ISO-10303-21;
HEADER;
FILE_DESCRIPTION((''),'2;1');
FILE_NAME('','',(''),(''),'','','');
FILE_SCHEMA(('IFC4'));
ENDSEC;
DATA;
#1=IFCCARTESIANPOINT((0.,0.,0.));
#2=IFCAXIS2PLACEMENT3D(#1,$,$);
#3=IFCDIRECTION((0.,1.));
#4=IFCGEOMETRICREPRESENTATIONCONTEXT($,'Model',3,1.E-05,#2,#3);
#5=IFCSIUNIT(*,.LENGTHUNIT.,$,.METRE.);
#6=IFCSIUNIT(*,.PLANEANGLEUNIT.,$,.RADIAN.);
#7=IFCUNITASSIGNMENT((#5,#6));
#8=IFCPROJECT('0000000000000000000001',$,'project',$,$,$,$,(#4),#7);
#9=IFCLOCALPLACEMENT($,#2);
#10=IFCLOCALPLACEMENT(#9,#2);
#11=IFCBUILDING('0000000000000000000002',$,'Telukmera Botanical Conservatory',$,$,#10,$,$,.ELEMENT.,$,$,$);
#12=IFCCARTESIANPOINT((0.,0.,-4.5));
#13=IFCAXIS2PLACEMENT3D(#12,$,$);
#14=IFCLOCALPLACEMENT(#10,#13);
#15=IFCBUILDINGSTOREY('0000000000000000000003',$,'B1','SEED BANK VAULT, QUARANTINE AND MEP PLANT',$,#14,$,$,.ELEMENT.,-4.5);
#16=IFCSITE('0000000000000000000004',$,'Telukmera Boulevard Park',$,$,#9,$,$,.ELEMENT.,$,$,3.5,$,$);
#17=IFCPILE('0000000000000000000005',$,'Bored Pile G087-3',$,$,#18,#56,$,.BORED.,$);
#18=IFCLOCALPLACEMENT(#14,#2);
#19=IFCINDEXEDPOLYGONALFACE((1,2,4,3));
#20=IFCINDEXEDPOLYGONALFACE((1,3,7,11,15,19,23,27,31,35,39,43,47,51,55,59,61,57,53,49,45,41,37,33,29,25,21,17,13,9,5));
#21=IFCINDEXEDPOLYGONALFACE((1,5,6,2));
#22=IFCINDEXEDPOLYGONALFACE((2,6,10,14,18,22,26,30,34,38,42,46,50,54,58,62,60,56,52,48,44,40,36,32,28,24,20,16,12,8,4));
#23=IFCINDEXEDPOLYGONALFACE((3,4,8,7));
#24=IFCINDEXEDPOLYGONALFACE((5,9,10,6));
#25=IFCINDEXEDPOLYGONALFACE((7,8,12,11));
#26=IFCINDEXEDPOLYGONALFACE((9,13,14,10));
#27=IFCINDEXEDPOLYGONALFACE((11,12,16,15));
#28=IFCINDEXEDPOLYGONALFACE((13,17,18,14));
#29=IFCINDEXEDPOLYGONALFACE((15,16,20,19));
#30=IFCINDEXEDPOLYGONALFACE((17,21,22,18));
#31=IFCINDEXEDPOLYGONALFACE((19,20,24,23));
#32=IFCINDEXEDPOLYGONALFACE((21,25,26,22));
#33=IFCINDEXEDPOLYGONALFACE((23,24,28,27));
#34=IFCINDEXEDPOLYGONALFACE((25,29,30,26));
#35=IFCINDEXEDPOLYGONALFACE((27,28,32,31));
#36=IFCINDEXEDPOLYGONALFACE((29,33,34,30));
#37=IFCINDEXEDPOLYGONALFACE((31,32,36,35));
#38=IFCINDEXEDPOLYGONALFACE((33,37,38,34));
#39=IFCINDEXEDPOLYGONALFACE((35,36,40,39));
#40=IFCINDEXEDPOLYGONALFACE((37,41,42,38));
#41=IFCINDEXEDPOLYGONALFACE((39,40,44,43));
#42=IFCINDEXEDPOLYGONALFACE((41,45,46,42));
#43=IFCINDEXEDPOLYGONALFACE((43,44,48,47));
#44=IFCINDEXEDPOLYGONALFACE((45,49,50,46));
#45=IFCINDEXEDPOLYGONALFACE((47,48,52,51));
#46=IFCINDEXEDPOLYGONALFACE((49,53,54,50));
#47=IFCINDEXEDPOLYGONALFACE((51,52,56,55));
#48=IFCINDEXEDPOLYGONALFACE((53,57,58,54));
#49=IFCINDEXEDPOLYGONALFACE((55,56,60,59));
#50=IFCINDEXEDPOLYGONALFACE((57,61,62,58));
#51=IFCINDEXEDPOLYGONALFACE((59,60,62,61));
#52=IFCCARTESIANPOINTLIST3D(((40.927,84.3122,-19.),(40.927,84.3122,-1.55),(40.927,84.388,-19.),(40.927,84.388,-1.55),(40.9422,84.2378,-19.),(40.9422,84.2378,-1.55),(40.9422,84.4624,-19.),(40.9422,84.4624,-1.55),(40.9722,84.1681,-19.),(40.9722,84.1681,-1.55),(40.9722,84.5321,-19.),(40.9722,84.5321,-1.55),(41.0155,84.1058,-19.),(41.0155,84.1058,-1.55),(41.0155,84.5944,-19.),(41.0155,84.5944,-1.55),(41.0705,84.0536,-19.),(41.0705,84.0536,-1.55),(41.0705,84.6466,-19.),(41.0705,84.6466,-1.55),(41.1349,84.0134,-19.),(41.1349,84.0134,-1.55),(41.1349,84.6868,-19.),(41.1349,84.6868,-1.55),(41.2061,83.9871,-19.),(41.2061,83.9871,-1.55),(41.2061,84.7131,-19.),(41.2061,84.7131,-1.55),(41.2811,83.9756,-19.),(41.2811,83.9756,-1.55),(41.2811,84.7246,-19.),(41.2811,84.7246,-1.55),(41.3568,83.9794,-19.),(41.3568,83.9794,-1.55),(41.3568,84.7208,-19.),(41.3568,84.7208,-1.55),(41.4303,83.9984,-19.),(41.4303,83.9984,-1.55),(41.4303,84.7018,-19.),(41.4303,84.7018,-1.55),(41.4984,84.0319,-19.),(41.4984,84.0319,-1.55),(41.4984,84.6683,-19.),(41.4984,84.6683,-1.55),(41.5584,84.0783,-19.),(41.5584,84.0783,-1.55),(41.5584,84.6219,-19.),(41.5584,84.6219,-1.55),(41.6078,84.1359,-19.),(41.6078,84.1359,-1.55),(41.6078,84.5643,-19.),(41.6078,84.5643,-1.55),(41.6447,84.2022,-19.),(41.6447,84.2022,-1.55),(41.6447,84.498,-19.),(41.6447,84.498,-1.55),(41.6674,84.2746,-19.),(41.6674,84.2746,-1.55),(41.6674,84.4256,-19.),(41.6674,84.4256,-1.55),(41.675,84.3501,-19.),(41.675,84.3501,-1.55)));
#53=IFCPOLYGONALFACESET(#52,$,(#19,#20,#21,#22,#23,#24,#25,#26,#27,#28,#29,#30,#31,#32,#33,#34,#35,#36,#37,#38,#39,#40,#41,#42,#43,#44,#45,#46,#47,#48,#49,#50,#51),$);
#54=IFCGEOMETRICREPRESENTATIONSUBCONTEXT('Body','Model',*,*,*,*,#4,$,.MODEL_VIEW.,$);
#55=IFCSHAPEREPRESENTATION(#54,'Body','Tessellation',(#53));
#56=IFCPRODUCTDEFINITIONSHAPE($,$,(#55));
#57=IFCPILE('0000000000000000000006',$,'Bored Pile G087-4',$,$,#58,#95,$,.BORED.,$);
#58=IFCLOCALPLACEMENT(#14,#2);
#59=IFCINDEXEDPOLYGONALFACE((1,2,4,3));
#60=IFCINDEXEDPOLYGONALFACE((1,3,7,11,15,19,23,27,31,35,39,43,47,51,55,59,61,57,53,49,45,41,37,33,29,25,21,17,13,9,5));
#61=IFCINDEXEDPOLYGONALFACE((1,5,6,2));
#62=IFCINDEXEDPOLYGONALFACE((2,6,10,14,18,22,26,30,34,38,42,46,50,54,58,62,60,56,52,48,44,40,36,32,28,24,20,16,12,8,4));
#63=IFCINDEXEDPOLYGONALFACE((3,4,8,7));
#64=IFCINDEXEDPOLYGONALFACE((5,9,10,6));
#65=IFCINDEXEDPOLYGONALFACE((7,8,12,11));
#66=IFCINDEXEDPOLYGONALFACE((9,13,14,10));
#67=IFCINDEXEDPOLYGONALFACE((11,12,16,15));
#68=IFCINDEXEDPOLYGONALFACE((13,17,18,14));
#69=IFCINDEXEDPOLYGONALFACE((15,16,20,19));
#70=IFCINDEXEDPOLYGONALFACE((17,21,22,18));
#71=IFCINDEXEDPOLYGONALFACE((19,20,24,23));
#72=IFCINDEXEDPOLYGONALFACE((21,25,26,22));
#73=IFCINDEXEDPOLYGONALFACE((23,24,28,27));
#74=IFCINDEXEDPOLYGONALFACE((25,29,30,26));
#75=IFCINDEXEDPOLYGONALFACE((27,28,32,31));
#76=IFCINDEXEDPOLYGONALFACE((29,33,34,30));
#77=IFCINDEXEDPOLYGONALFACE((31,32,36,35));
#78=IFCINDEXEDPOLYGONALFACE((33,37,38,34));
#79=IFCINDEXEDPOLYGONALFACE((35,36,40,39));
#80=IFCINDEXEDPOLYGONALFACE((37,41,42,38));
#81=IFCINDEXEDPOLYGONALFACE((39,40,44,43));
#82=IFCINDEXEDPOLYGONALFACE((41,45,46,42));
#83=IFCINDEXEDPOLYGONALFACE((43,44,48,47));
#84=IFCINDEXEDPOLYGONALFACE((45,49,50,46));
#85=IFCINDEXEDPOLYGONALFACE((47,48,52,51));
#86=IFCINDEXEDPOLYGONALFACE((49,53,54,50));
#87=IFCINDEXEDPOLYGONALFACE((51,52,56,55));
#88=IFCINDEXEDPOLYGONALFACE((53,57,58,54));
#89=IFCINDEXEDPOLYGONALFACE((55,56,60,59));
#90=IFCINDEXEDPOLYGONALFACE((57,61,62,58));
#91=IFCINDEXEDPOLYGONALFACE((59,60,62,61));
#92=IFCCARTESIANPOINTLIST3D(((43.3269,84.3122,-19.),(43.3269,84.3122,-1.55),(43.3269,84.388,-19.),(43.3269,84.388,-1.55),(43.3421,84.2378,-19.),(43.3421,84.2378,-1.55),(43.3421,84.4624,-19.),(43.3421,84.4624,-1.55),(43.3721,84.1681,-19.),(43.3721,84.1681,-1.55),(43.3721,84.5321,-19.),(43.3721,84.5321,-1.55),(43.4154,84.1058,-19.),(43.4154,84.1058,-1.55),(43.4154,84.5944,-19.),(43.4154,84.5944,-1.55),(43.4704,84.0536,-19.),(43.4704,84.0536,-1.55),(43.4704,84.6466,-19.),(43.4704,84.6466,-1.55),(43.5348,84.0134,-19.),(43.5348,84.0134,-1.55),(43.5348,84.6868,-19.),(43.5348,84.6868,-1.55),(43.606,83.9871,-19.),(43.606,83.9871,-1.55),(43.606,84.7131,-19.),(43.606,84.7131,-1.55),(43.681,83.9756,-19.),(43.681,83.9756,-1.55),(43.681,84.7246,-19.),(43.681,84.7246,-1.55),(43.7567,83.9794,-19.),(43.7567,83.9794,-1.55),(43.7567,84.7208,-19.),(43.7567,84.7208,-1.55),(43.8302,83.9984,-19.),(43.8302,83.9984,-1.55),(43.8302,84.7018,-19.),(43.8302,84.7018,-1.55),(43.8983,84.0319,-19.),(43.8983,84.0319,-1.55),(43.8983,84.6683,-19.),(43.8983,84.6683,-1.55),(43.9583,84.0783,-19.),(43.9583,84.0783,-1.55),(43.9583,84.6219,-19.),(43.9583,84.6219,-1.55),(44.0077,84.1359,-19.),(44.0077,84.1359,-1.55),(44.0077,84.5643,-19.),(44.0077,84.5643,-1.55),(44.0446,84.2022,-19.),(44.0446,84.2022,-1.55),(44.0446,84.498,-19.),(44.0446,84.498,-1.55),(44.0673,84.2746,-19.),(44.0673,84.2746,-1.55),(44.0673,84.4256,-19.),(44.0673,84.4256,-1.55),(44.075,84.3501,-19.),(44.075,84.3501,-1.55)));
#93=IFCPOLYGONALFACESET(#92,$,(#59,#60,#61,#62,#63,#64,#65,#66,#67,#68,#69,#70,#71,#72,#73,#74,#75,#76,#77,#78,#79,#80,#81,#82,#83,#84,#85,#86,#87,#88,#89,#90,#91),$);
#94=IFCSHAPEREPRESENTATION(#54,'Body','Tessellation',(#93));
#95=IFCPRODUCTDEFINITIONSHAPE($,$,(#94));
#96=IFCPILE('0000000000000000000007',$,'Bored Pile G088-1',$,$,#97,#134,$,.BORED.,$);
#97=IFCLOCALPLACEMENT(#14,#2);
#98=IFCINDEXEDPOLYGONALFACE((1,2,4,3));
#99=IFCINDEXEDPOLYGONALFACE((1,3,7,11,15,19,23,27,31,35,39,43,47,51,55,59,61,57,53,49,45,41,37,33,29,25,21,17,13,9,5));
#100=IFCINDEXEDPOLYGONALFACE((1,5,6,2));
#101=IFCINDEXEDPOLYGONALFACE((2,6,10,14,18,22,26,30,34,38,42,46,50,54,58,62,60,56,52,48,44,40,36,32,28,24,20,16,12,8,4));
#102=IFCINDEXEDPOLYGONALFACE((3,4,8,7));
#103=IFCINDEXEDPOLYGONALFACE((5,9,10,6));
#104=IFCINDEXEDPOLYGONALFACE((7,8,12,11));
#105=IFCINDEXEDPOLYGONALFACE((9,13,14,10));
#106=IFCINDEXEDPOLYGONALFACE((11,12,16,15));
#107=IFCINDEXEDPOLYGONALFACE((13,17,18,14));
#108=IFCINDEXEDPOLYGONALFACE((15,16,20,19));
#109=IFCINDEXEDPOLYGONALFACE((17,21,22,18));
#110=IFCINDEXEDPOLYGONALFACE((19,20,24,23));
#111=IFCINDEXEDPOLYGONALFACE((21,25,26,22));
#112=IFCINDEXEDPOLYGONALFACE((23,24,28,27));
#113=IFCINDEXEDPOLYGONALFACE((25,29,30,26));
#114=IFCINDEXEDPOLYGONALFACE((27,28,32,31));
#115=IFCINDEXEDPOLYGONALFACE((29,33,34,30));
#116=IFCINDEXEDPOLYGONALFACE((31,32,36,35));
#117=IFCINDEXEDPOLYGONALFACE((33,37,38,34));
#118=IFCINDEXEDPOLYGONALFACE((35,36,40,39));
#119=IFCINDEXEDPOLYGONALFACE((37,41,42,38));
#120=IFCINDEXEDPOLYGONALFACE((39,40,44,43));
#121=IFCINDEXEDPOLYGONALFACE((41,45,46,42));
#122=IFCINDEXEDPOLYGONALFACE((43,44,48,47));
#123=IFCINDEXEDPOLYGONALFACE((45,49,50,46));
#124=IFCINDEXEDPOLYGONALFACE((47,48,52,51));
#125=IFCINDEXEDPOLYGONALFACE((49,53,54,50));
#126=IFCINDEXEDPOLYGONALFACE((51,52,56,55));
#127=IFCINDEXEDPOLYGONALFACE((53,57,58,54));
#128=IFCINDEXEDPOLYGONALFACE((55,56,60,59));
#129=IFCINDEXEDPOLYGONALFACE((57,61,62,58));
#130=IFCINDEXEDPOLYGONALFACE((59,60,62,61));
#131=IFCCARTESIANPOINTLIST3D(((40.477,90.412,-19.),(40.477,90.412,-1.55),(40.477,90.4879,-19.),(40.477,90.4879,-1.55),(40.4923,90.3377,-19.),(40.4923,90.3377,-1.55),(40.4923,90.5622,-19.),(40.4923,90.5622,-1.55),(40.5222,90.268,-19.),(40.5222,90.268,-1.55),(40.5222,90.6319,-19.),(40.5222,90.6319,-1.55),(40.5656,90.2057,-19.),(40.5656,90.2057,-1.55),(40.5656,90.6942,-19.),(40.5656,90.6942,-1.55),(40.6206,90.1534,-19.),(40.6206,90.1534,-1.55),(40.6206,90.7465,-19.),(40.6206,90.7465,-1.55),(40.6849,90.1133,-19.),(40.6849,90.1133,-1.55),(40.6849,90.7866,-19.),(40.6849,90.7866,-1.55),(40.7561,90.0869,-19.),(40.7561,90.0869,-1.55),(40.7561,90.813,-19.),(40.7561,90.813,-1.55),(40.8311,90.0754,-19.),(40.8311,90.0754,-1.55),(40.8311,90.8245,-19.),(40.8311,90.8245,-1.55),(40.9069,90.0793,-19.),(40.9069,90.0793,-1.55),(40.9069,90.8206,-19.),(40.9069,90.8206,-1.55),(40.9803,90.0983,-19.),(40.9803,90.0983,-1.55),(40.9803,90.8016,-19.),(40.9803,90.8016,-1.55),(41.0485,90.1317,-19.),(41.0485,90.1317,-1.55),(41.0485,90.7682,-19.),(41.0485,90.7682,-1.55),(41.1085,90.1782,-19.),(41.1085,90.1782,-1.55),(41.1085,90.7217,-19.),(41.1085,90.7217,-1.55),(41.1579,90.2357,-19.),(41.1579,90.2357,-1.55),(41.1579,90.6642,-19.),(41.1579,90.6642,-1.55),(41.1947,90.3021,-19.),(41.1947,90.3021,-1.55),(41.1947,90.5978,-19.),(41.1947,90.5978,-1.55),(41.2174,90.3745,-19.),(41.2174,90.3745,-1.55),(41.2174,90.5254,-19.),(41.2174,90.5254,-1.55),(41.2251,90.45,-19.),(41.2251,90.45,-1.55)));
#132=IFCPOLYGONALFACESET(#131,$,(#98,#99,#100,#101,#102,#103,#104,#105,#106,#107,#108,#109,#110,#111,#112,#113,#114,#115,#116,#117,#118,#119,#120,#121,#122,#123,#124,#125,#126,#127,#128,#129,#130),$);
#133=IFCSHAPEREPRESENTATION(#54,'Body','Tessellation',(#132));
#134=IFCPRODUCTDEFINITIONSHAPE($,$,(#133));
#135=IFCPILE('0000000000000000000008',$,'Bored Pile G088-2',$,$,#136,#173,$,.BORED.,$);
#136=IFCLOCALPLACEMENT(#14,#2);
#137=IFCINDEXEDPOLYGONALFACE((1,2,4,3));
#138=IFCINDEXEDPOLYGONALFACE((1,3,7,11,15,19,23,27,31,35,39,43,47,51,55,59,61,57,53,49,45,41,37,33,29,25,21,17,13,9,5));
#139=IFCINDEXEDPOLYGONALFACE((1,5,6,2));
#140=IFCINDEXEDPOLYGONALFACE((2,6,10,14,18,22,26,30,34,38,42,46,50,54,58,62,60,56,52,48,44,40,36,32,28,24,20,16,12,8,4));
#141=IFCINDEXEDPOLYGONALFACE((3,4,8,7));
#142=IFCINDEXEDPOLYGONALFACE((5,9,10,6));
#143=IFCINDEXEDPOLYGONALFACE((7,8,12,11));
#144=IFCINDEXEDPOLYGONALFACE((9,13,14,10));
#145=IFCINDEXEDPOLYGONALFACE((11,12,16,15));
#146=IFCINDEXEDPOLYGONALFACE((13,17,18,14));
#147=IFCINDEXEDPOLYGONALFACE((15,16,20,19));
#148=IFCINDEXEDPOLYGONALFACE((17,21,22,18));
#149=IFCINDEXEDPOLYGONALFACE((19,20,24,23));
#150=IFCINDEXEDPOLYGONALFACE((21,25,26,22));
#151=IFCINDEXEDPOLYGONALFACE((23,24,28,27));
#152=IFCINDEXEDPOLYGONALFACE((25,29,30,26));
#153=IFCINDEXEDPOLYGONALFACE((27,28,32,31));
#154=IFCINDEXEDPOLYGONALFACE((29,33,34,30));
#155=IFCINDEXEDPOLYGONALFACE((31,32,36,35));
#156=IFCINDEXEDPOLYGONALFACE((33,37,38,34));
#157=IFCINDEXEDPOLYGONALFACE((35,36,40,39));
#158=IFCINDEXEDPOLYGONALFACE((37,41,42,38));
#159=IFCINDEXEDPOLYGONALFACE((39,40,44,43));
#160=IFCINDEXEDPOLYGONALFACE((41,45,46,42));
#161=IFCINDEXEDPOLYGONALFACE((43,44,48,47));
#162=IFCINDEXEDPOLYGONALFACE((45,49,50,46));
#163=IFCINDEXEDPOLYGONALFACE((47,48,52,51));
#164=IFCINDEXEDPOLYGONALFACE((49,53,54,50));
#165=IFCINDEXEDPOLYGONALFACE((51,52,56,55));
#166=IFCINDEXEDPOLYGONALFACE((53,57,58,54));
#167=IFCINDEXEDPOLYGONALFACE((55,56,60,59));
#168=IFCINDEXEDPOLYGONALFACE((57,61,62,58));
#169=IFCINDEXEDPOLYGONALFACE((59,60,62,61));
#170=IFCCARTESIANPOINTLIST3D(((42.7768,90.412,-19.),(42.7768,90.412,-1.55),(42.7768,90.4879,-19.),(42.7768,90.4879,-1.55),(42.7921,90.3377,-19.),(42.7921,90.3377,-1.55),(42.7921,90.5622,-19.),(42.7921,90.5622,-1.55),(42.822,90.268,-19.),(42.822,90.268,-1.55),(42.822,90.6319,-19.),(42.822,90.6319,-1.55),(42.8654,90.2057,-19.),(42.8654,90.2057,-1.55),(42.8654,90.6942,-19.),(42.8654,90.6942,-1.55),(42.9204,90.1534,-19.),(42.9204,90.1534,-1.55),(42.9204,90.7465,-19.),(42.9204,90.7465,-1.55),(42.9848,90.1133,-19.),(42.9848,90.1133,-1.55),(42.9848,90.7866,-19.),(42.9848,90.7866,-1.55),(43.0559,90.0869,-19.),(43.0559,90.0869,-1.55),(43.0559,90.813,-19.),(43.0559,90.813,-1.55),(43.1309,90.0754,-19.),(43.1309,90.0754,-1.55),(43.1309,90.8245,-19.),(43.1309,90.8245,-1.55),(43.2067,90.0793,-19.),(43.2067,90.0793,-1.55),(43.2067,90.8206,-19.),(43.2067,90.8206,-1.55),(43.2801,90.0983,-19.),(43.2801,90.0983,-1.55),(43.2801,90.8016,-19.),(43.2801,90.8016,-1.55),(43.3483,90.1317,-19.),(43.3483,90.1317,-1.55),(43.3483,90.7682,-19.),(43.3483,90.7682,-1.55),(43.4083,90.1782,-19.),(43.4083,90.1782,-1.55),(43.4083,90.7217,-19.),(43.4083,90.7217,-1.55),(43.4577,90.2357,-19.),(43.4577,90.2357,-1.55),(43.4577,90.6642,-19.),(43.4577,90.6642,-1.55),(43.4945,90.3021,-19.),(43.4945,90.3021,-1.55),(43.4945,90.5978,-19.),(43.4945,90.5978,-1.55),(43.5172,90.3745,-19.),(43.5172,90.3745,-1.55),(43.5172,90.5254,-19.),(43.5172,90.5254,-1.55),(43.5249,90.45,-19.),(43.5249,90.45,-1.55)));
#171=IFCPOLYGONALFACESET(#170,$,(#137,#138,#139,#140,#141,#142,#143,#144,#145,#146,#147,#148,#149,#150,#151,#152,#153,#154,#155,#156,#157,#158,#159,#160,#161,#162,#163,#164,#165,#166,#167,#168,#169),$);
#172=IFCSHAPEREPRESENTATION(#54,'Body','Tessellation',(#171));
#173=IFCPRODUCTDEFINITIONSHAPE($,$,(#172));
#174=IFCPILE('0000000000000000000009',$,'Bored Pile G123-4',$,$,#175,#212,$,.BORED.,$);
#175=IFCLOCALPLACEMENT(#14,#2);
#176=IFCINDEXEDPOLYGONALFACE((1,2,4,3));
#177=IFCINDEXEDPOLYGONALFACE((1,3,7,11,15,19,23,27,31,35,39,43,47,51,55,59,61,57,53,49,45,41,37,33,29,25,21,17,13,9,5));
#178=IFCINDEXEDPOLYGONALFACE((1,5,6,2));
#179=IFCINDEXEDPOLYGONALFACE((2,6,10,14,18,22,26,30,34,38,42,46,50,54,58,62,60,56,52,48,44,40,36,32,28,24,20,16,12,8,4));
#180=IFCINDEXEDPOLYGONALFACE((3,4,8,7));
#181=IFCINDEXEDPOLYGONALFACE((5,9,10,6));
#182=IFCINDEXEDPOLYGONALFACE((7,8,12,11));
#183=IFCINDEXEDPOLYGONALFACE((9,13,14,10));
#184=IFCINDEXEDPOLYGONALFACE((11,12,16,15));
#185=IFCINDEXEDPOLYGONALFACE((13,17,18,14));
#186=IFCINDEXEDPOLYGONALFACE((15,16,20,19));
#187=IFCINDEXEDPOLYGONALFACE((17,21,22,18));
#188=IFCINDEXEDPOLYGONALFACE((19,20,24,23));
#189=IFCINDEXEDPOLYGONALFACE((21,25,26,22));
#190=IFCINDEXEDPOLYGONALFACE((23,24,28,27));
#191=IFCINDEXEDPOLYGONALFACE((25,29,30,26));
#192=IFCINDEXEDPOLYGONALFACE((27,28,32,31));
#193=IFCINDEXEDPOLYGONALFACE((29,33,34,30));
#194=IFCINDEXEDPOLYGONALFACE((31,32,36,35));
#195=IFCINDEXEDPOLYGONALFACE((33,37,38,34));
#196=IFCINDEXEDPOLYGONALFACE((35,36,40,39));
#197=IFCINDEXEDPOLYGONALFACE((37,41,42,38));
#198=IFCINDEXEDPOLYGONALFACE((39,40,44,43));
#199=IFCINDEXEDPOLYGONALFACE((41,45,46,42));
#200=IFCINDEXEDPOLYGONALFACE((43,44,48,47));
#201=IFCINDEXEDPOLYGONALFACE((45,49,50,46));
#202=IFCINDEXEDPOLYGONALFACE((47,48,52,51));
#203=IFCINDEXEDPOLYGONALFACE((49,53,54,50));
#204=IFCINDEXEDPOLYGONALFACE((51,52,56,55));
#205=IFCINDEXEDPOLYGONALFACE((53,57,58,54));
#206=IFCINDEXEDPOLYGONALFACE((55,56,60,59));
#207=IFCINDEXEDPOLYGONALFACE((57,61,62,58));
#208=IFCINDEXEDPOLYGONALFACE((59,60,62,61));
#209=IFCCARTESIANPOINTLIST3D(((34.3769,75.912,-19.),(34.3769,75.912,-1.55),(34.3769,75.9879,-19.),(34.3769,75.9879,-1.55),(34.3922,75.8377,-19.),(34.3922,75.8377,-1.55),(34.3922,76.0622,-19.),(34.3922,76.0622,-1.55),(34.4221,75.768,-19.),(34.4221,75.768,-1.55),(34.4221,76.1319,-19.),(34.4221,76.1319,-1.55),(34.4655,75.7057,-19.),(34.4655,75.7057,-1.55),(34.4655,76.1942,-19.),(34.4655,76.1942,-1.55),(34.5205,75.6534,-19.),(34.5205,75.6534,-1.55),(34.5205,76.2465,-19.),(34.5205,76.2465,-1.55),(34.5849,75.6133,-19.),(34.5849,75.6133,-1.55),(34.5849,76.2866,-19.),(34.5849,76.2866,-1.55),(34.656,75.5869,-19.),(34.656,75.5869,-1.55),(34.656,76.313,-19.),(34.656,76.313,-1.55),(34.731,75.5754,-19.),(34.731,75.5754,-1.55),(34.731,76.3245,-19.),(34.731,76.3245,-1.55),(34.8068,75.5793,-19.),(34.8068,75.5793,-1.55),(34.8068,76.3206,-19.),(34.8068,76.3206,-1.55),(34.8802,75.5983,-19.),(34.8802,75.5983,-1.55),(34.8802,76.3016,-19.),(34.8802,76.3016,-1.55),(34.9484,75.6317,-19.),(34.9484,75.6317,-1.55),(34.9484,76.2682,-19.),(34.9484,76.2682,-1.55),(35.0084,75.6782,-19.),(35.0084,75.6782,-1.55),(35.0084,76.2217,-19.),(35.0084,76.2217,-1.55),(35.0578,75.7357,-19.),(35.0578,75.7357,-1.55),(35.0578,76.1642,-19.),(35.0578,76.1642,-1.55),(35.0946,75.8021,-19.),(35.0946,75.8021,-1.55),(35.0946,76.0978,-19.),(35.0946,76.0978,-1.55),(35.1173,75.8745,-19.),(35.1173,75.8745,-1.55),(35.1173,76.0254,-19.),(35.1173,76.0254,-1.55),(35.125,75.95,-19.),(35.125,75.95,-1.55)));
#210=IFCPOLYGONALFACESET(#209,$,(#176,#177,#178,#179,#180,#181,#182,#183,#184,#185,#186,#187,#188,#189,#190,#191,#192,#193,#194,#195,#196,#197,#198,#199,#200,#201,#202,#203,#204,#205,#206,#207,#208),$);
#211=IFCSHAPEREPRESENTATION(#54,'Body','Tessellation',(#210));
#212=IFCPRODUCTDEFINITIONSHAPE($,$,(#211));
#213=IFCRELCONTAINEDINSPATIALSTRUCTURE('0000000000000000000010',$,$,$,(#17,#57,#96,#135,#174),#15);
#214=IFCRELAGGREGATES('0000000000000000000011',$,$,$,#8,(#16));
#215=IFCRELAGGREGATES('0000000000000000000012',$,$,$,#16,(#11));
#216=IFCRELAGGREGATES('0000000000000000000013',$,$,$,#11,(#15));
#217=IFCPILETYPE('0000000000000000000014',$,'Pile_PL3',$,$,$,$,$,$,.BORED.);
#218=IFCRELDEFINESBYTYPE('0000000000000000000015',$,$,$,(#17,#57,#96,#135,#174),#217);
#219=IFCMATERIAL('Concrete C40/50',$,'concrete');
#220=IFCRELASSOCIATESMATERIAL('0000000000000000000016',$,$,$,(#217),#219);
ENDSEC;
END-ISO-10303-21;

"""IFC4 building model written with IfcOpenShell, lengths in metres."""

from ifc_helpers import new_model, si_unit, direction, frame, origin, origin_2d, place, context, subcontext, project, spatial, circle, extrude, material, material_profile, profile_set, type_object, element, save


model = new_model("IFC4")

# Units and contexts
model_context = context("Model", 3, precision=1e-05, world=origin(), true_north=direction((0.0, 1.0)))
body_context = subcontext(model_context, "Body", "Model", "MODEL_VIEW")
ifc_project = project(units=[si_unit("LENGTHUNIT", "METRE"), si_unit("PLANEANGLEUNIT", "RADIAN")], contexts=[model_context])

# Site, building, storey
site_placement = place(None, origin())
site = spatial("IfcSite", under=ifc_project, at=site_placement, Name="Telukmera Boulevard Park", CompositionType="ELEMENT", RefElevation=3.5)
building_placement = place(site_placement, origin())
building = spatial("IfcBuilding", under=site, at=building_placement, Name="Telukmera Botanical Conservatory", CompositionType="ELEMENT")
storey_placement = place(building_placement, frame((0.0, 0.0, -4.5)))
storey = spatial("IfcBuildingStorey", under=building, at=storey_placement, Name="B1", Description="SEED BANK VAULT, QUARANTINE AND MEP PLANT", CompositionType="ELEMENT", Elevation=-4.5)

# Shared definitions
ifc_material_1 = material(Name="Concrete C40/50", Category="concrete")

# Piles
ifc_material_profile_1 = material_profile(ifc_material_1, circle(Radius=0.375, at=origin_2d()), Name="PILE D750")
ifc_profile_set_1 = profile_set([ifc_material_profile_1], Name="Concrete C40/50")
pile_type = type_object("IfcPileType", Name="Pile_PL3", PredefinedType="BORED", material=ifc_profile_set_1)
for number, where, z_axis, x_axis, name in (
    (1, (41.3, 84.3501, -1.55), (0.0, 0.0, -1.0), (1.0, 0.0, 0.0), "Bored Pile G087-3"),
    (2, (43.7, 84.3501, -1.55), (0.0, 0.0, -1.0), (1.0, 0.0, 0.0), "Bored Pile G087-4"),
    (3, (40.8501, 90.45, -1.55), (0.0, 0.0, -1.0), (1.0, 0.0, 0.0), "Bored Pile G088-1"),
    (4, (43.1499, 90.45, -1.55), (0.0, 0.0, -1.0), (1.0, 0.0, 0.0), "Bored Pile G088-2"),
    (5, (34.75, 75.95, -1.55), (0.0, 0.0, -1.0), (1.0, 0.0, 0.0), "Bored Pile G123-4"),
):
    element("IfcPile", number, at=place(storey_placement, frame(where, z_axis=z_axis, x_axis=x_axis)), inside=storey, type_object=pile_type, Name=name, PredefinedType="BORED", context=body_context, shape_type="SweptSolid", body=[
        extrude(circle(Radius=0.375, at=origin_2d()), origin(), (0.0, 0.0, 1.0), 17.45),
    ])

save(model, "model.ifc")
